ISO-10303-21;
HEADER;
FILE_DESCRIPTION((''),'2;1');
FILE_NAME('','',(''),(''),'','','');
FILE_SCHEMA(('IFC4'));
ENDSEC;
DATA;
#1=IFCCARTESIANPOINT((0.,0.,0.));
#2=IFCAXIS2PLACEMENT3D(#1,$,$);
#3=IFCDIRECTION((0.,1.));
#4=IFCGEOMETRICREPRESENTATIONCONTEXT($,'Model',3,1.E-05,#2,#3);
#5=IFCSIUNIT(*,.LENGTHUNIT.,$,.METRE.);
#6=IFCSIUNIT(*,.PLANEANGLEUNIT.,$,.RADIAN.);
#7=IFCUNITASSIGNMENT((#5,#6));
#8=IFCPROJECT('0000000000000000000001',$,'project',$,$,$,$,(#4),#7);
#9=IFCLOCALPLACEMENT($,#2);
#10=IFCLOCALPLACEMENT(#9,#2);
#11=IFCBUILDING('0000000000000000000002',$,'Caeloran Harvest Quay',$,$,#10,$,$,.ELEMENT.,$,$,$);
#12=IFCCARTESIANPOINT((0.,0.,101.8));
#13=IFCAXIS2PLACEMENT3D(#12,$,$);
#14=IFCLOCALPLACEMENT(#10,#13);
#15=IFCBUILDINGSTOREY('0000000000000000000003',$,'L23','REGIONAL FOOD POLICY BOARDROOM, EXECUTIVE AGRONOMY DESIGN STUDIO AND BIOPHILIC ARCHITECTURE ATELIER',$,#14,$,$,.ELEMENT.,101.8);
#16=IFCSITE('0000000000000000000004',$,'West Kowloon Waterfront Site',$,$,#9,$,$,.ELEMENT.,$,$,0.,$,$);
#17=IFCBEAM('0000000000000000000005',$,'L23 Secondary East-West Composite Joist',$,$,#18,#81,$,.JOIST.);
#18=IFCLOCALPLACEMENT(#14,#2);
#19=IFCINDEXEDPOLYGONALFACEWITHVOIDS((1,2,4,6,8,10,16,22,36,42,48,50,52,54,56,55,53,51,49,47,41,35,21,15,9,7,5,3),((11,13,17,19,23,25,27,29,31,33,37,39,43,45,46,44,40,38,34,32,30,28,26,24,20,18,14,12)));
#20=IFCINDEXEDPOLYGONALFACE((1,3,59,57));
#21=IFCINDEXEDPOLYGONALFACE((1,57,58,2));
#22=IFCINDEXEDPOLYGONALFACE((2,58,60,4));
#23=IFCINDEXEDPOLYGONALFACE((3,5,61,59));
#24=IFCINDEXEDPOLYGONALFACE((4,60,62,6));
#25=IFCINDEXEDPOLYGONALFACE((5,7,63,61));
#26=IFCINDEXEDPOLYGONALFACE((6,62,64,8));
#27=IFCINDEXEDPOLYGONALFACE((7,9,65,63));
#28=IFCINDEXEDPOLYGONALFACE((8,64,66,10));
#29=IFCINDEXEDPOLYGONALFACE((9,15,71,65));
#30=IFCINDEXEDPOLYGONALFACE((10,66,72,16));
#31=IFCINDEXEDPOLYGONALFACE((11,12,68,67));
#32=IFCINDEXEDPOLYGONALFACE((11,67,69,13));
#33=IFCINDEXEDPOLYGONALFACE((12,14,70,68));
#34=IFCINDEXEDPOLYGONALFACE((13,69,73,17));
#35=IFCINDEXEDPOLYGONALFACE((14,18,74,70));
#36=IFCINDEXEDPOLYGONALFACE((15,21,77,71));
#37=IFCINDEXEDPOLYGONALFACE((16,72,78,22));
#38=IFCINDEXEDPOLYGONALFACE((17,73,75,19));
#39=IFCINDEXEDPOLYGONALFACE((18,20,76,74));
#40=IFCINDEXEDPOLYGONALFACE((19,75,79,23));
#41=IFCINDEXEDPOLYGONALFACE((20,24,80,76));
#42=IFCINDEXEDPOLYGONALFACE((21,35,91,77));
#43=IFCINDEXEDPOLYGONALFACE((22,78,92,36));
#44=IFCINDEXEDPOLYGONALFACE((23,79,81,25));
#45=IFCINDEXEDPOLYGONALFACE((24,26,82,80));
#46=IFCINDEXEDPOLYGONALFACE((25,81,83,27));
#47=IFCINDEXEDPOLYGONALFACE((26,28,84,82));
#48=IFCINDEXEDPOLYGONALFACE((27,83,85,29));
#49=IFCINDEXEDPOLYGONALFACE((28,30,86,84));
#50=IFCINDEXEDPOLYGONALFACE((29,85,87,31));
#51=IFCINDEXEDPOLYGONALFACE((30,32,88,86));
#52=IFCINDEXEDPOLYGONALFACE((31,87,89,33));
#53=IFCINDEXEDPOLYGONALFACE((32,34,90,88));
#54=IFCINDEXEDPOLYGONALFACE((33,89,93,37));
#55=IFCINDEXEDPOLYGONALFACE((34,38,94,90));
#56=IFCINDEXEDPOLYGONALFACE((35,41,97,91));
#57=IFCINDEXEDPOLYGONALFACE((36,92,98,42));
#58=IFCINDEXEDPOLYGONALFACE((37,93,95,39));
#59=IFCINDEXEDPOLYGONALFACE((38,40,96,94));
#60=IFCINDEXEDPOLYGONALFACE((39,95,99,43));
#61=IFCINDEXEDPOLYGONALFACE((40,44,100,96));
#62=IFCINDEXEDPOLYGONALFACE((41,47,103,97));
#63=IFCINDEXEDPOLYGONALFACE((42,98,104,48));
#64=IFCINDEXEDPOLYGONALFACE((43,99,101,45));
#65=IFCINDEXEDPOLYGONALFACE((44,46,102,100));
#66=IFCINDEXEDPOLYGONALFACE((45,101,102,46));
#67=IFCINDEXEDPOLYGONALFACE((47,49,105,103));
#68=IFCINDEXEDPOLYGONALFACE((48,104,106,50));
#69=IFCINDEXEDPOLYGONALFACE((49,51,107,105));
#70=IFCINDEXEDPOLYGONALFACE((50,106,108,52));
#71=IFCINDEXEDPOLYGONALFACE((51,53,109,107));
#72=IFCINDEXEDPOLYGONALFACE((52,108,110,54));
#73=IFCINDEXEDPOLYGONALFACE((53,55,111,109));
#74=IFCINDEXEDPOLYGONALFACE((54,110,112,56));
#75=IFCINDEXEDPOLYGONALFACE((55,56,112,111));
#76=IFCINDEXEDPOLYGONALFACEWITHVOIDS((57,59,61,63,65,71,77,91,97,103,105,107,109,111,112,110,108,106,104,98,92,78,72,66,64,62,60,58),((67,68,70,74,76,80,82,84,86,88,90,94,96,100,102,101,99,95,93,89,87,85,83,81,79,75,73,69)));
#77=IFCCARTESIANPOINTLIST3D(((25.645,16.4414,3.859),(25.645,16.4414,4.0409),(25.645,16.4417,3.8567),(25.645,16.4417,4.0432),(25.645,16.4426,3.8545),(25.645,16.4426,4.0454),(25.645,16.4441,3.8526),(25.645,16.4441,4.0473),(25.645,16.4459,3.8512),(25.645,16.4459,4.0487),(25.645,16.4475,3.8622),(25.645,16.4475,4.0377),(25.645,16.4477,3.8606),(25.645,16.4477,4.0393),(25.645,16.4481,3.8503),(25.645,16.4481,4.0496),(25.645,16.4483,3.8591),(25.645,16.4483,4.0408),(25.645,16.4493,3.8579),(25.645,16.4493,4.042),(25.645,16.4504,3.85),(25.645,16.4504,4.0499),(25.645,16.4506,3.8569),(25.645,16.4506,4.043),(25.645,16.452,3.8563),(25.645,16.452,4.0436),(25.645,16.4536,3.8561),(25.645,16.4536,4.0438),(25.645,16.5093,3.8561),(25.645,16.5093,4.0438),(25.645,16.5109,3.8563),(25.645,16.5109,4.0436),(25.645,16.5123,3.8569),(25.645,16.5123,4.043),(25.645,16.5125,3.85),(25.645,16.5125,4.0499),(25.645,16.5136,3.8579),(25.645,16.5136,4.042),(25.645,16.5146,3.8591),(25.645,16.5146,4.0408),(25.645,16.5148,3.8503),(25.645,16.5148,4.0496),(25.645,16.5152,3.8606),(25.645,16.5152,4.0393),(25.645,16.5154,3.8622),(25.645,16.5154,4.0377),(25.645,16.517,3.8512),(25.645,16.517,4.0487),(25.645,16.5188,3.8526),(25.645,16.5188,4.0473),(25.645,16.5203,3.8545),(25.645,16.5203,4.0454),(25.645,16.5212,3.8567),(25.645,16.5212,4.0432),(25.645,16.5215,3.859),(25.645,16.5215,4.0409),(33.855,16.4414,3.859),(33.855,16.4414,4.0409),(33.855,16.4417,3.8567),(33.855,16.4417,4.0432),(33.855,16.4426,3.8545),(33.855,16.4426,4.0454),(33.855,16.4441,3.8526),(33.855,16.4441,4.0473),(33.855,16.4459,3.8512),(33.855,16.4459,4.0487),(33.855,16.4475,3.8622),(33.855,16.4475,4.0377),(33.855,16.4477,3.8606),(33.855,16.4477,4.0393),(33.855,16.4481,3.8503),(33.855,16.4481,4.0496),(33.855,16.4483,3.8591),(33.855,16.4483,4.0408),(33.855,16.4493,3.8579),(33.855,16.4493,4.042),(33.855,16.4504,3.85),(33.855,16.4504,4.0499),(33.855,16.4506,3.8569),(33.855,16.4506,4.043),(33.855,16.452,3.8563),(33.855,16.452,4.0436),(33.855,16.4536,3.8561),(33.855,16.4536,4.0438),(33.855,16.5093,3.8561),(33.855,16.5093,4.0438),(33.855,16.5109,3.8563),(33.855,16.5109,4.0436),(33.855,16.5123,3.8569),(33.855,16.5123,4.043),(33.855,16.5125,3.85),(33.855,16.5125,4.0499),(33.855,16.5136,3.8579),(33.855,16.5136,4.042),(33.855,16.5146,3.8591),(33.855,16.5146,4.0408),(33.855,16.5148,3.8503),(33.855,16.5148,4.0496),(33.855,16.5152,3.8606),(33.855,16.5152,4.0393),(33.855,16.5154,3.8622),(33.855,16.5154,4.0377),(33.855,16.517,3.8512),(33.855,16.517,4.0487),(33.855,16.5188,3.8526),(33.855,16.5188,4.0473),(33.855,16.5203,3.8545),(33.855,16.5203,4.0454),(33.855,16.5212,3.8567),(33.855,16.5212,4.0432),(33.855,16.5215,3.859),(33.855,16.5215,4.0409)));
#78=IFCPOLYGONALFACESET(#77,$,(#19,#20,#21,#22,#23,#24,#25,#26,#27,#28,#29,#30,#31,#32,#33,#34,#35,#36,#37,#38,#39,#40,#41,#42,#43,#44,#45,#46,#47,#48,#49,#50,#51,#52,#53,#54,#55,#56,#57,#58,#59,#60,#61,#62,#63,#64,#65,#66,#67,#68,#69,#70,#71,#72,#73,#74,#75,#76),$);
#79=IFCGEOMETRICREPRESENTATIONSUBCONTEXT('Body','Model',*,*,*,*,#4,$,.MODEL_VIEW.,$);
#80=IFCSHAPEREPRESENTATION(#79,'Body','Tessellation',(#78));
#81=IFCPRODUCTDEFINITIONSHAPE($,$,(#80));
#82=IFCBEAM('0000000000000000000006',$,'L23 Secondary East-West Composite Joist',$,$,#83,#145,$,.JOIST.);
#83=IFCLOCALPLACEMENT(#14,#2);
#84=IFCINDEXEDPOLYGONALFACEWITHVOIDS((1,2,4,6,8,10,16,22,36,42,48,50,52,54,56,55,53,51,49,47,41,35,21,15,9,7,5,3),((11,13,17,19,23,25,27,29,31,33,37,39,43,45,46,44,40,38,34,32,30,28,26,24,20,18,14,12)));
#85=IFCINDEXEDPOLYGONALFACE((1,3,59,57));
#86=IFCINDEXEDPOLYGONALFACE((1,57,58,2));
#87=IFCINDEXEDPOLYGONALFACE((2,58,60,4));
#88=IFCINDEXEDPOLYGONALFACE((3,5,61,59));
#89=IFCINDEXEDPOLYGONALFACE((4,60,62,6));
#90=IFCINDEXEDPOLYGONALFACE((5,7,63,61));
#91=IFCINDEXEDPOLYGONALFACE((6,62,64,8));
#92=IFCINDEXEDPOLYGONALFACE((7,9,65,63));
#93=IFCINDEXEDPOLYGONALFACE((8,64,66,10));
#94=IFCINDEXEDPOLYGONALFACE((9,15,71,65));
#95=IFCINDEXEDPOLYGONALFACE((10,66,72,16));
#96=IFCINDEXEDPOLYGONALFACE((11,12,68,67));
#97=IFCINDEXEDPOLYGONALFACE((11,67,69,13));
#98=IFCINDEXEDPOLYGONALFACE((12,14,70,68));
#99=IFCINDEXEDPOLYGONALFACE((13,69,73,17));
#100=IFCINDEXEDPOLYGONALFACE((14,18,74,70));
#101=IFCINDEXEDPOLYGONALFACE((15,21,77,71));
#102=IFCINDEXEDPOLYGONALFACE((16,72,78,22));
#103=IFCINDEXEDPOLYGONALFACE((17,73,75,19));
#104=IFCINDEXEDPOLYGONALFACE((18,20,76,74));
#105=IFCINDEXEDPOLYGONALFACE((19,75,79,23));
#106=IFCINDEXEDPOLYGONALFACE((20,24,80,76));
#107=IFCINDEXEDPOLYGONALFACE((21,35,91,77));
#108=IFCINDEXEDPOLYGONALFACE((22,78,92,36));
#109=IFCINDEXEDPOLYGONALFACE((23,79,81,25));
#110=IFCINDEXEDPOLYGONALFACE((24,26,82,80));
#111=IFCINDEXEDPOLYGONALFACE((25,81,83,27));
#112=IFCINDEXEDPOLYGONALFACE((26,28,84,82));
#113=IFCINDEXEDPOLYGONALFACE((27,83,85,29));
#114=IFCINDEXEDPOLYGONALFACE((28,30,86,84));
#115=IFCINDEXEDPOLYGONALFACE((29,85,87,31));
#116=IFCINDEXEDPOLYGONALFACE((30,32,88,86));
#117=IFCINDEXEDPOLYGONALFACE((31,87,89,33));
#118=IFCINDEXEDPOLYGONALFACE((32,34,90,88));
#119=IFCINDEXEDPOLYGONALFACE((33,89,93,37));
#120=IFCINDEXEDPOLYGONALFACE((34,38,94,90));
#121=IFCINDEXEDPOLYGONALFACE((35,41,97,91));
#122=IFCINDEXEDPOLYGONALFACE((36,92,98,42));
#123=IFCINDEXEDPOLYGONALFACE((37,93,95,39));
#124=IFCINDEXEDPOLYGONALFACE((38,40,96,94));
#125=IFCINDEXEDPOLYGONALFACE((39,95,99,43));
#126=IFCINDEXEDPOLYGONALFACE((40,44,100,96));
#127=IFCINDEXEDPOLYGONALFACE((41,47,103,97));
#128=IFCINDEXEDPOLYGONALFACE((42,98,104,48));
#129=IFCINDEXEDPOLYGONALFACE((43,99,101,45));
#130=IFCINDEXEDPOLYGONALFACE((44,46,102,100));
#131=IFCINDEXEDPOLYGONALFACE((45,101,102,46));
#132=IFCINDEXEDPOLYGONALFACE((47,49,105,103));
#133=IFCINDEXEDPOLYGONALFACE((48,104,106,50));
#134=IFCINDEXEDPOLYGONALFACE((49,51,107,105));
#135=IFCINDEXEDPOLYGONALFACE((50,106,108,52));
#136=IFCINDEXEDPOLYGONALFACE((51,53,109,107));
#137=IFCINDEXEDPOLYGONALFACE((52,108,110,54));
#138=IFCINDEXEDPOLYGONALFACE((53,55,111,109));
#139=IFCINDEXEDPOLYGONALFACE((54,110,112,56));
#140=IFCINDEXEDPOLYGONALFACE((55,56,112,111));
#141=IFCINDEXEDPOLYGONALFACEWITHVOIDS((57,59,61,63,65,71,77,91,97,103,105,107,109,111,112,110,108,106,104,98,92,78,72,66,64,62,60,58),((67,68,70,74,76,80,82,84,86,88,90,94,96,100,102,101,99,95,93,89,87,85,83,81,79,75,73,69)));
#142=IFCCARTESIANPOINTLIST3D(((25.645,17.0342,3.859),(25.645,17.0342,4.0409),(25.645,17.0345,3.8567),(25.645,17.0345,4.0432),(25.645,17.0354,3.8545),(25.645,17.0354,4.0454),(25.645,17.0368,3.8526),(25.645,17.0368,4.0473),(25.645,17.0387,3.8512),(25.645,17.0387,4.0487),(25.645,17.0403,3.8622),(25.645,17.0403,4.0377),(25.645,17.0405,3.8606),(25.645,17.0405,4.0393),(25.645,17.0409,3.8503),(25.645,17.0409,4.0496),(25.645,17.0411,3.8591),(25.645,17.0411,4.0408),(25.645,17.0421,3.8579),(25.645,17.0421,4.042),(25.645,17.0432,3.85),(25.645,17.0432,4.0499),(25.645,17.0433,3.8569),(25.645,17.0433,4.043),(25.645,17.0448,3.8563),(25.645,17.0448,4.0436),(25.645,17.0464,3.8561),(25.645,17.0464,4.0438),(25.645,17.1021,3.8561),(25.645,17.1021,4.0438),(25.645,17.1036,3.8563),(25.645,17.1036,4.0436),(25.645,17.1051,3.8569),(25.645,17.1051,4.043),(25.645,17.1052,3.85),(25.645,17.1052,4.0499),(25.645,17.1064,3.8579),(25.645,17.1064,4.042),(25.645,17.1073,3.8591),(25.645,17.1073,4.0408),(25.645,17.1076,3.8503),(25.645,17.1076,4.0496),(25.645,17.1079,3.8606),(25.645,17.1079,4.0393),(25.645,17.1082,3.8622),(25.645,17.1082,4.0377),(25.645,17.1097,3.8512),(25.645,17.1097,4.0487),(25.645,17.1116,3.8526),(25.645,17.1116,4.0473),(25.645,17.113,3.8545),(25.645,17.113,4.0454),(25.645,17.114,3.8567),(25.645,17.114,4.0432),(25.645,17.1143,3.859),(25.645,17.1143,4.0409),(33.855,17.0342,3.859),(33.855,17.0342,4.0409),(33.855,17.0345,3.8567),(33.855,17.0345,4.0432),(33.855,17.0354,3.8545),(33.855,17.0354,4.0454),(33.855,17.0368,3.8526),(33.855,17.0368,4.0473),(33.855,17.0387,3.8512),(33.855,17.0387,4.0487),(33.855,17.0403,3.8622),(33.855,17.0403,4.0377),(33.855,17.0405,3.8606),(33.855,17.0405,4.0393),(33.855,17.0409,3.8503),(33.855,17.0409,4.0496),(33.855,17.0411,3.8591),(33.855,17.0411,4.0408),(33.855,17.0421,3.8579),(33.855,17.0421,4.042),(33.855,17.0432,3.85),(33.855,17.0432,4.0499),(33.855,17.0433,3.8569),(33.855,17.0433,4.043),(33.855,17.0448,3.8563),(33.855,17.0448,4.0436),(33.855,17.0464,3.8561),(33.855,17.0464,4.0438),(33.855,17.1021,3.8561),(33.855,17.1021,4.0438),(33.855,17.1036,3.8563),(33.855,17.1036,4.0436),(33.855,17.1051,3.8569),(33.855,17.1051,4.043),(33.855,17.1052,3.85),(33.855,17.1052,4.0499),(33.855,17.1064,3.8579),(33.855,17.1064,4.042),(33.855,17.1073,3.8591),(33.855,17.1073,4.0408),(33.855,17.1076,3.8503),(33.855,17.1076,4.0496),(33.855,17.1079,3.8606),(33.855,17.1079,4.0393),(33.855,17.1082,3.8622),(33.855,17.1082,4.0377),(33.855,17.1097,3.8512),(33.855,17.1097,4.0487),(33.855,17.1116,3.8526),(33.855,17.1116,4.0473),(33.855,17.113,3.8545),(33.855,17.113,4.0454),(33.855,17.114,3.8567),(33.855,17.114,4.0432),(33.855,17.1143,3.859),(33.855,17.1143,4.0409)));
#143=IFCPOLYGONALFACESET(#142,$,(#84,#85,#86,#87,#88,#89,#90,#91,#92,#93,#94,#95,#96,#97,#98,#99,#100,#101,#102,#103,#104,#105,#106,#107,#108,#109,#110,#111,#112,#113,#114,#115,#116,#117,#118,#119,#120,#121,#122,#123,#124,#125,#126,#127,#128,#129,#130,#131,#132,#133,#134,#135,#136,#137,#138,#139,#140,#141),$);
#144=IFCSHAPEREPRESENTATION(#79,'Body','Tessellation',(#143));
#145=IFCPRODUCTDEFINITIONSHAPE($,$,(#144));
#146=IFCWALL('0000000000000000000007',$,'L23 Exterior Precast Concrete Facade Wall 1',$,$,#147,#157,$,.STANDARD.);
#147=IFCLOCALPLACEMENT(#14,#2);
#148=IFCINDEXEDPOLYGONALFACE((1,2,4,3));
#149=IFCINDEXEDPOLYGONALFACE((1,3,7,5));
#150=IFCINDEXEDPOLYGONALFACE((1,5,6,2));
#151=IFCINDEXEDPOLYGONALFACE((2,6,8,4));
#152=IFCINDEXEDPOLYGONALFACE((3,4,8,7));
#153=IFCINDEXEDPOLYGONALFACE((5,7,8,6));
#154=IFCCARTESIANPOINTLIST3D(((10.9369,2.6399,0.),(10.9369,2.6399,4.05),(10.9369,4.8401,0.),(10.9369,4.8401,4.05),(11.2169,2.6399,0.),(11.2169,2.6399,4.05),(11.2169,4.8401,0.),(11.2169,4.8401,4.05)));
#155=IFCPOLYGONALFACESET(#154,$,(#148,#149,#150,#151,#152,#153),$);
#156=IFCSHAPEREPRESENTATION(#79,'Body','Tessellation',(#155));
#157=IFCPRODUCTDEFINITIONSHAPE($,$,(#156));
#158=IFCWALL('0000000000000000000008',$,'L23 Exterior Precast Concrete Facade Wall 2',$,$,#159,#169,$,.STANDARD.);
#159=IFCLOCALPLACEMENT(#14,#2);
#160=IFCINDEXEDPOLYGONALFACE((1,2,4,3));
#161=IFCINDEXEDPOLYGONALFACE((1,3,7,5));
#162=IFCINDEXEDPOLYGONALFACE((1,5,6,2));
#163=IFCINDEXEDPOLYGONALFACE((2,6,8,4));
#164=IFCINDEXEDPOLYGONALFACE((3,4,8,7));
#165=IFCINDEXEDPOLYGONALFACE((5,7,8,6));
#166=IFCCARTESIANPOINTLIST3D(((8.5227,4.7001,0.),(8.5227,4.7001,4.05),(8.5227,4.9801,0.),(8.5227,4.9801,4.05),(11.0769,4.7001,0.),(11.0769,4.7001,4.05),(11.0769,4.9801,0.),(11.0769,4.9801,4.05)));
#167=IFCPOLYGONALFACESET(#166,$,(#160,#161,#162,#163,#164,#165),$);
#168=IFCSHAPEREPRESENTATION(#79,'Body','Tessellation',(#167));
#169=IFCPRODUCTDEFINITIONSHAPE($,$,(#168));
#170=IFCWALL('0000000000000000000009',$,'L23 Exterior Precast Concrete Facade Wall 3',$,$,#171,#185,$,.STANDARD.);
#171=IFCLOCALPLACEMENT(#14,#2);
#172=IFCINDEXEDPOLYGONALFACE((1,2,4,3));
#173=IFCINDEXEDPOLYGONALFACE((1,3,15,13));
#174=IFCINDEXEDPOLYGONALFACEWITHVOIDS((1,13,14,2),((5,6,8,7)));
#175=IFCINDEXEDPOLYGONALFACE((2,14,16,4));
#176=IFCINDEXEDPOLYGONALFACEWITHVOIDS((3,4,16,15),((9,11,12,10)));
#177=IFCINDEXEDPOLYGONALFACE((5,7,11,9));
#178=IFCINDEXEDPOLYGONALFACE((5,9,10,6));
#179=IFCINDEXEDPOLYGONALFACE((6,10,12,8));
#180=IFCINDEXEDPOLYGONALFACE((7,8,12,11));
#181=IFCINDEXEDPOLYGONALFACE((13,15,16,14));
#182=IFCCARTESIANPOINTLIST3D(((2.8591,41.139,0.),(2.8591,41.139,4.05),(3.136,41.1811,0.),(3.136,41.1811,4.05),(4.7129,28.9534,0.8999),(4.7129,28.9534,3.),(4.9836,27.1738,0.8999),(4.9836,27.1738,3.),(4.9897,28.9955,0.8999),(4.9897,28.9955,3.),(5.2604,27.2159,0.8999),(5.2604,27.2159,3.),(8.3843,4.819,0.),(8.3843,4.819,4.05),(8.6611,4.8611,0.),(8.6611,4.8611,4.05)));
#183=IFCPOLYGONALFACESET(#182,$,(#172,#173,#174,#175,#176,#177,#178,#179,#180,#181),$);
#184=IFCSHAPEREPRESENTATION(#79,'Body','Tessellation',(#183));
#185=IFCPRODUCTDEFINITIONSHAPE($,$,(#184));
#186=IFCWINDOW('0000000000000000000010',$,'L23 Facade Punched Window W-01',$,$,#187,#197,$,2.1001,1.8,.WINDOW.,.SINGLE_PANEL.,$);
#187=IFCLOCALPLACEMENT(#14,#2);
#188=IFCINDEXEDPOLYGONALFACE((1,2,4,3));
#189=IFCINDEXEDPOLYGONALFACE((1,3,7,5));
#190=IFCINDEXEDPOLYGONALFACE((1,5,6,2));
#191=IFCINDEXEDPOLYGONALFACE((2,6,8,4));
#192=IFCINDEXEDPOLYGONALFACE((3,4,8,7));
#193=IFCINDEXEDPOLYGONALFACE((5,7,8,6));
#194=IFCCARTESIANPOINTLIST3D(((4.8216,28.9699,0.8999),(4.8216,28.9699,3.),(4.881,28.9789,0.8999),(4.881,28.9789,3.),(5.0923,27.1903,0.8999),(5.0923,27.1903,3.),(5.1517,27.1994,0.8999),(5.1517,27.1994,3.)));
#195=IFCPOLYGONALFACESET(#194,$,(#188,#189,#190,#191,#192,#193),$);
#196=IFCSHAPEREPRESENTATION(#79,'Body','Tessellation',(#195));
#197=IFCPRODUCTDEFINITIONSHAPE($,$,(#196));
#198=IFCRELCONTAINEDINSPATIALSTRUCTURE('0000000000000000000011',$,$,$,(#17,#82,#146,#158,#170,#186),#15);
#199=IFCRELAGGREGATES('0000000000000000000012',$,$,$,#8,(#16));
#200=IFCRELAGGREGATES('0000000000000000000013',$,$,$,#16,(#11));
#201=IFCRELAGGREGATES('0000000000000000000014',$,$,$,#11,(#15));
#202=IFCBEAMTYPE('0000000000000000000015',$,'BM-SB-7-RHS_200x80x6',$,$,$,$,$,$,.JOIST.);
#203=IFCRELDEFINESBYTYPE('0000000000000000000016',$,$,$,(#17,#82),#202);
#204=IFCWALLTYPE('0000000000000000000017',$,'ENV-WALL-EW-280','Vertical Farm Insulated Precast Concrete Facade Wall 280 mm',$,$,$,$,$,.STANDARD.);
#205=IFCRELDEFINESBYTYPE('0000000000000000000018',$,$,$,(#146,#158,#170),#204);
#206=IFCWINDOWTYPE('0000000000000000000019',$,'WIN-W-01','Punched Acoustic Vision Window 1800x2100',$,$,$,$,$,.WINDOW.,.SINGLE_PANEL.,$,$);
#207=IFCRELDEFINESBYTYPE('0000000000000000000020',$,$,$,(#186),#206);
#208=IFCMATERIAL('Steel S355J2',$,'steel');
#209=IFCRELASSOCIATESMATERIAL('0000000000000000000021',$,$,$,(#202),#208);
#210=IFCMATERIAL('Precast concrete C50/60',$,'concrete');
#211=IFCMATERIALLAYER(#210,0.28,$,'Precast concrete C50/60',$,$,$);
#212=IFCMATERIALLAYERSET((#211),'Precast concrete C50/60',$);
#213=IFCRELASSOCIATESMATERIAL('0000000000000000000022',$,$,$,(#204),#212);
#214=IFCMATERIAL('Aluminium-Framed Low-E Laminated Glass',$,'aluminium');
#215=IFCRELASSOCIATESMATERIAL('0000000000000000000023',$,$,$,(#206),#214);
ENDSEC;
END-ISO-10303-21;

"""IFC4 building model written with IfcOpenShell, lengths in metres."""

from ifc_helpers import new_model, si_unit, direction, frame, frame_2d, origin, origin_2d, place, context, subcontext, project, spatial, rectangle, hollow_rectangle, extrude, material, layer, layer_set, material_profile, profile_set, type_object, element, fill, save


model = new_model("IFC4")

# Units and contexts
model_context = context("Model", 3, precision=1e-05, world=origin(), true_north=direction((0.0, 1.0)))
body_context = subcontext(model_context, "Body", "Model", "MODEL_VIEW")
ifc_project = project(units=[si_unit("LENGTHUNIT", "METRE"), si_unit("PLANEANGLEUNIT", "RADIAN")], contexts=[model_context])

# Site, building, storey
site_placement = place(None, origin())
site = spatial("IfcSite", under=ifc_project, at=site_placement, Name="West Kowloon Waterfront Site", CompositionType="ELEMENT", RefElevation=0.0)
building_placement = place(site_placement, origin())
building = spatial("IfcBuilding", under=site, at=building_placement, Name="Caeloran Harvest Quay", CompositionType="ELEMENT")
storey_placement = place(building_placement, frame((0.0, 0.0, 101.8)))
storey = spatial("IfcBuildingStorey", under=building, at=storey_placement, Name="L23", Description="REGIONAL FOOD POLICY BOARDROOM, EXECUTIVE AGRONOMY DESIGN STUDIO AND BIOPHILIC ARCHITECTURE ATELIER", CompositionType="ELEMENT", Elevation=101.8)

# Beams
ifc_material_1 = material(Name="Steel S355J2", Category="steel")
ifc_material_profile_1 = material_profile(ifc_material_1, hollow_rectangle(XDim=0.0801, YDim=0.2, WallThickness=0.0061, InnerFilletRadius=0.0061, OuterFilletRadius=0.009, at=origin_2d()), Name="RHS 200x80x6")
ifc_profile_set_1 = profile_set([ifc_material_profile_1], Name="Steel S355J2")
beam_type_1 = type_object("IfcBeamType", Name="BM-SB-7-RHS_200x80x6", PredefinedType="JOIST", material=ifc_profile_set_1)
for number, where, z_axis, x_axis, name in (
    (1, (25.645, 16.4814, 3.95), (1.0, 0.0, 0.0), (0.0, 1.0, 0.0), "L23 Secondary East-West Composite Joist"),
    (2, (25.645, 17.0742, 3.95), (1.0, 0.0, 0.0), (0.0, 1.0, 0.0), "L23 Secondary East-West Composite Joist"),
):
    element("IfcBeam", number, at=place(storey_placement, frame(where, z_axis=z_axis, x_axis=x_axis)), inside=storey, type_object=beam_type_1, Name=name, PredefinedType="JOIST", context=body_context, shape_type="SweptSolid", body=[
        extrude(hollow_rectangle(XDim=0.0801, YDim=0.2, WallThickness=0.0061, InnerFilletRadius=0.0061, OuterFilletRadius=0.009, at=origin_2d()), origin(), (0.0, 0.0, 1.0), 8.21),
    ])

# Walls
ifc_material_2 = material(Name="Precast concrete C50/60", Category="concrete")
ifc_layer_1 = layer(ifc_material_2, 0.28, Name="Precast concrete C50/60")
ifc_layer_set_1 = layer_set([ifc_layer_1], Name="Precast concrete C50/60")
wall_type_1 = type_object("IfcWallType", Name="ENV-WALL-EW-280", Description="Vertical Farm Insulated Precast Concrete Facade Wall 280 mm", PredefinedType="STANDARD", material=ifc_layer_set_1)
wall_1_placement = place(storey_placement, frame((11.0769, 2.6399, 0.0), z_axis=(0.0, 0.0, 1.0), x_axis=(0.0, 1.0, 0.0)))
element("IfcWall", 3, at=wall_1_placement, inside=storey, type_object=wall_type_1, Name="L23 Exterior Precast Concrete Facade Wall 1", PredefinedType="STANDARD", context=body_context, shape_type="SweptSolid", body=[
    extrude(rectangle(XDim=2.2002, YDim=0.28, at=frame_2d((1.1001, 0.0))), origin(), (0.0, 0.0, 1.0), 4.05),
])
wall_2_placement = place(storey_placement, frame((11.0769, 4.8401, 0.0), z_axis=(0.0, 0.0, 1.0), x_axis=(-1.0, 0.0, 0.0)))
element("IfcWall", 4, at=wall_2_placement, inside=storey, type_object=wall_type_1, Name="L23 Exterior Precast Concrete Facade Wall 2", PredefinedType="STANDARD", context=body_context, shape_type="SweptSolid", body=[
    extrude(rectangle(XDim=2.5542, YDim=0.28, at=frame_2d((1.2771, 0.0))), origin(), (0.0, 0.0, 1.0), 4.05),
])

# Wall, opening, window
wall_3_placement = place(storey_placement, frame((8.5227, 4.8401, 0.0), z_axis=(0.0, 0.0, 1.0), x_axis=(-0.150395, 0.988626, 0.0)))
wall_3 = element("IfcWall", 5, at=wall_3_placement, inside=storey, type_object=wall_type_1, Name="L23 Exterior Precast Concrete Facade Wall 3", PredefinedType="STANDARD", context=body_context, shape_type="SweptSolid", body=[
    extrude(rectangle(XDim=36.7378, YDim=0.28, at=frame_2d((18.3689, 0.0))), origin(), (0.0, 0.0, 1.0), 4.05),
])
opening_1_placement = place(wall_3_placement, frame((22.6121, 0.0, 0.8999)))
opening_1 = element("IfcOpeningElement", 6, at=opening_1_placement, cuts=wall_3, PredefinedType="OPENING", context=body_context, shape_type="SweptSolid", body=[
    extrude(rectangle(XDim=1.8, YDim=2.1001, at=frame_2d((0.8999, 1.05))), frame((0.0, 0.1499, 0.0), z_axis=(0.0, -1.0, 0.0), x_axis=(1.0, 0.0, 0.0)), (0.0, 0.0, 1.0), 0.3),
])
ifc_material_3 = material(Name="Aluminium-Framed Low-E Laminated Glass", Category="aluminium")
window_type = type_object("IfcWindowType", Name="WIN-W-01", Description="Punched Acoustic Vision Window 1800x2100", PartitioningType="SINGLE_PANEL", PredefinedType="WINDOW", material=ifc_material_3)
window_placement = place(opening_1_placement, origin())
window = element("IfcWindow", 7, at=window_placement, inside=storey, type_object=window_type, Name="L23 Facade Punched Window W-01", OverallHeight=2.1001, OverallWidth=1.8, PartitioningType="SINGLE_PANEL", PredefinedType="WINDOW", context=body_context, shape_type="SweptSolid", body=[
    extrude(rectangle(XDim=1.8, YDim=2.1001, at=frame_2d((0.8999, 1.05))), frame((0.0, 0.03, 0.0), z_axis=(0.0, -1.0, 0.0), x_axis=(1.0, 0.0, 0.0)), (0.0, 0.0, 1.0), 0.0601),
])
fill(opening_1, window)

save(model, "model.ifc")
